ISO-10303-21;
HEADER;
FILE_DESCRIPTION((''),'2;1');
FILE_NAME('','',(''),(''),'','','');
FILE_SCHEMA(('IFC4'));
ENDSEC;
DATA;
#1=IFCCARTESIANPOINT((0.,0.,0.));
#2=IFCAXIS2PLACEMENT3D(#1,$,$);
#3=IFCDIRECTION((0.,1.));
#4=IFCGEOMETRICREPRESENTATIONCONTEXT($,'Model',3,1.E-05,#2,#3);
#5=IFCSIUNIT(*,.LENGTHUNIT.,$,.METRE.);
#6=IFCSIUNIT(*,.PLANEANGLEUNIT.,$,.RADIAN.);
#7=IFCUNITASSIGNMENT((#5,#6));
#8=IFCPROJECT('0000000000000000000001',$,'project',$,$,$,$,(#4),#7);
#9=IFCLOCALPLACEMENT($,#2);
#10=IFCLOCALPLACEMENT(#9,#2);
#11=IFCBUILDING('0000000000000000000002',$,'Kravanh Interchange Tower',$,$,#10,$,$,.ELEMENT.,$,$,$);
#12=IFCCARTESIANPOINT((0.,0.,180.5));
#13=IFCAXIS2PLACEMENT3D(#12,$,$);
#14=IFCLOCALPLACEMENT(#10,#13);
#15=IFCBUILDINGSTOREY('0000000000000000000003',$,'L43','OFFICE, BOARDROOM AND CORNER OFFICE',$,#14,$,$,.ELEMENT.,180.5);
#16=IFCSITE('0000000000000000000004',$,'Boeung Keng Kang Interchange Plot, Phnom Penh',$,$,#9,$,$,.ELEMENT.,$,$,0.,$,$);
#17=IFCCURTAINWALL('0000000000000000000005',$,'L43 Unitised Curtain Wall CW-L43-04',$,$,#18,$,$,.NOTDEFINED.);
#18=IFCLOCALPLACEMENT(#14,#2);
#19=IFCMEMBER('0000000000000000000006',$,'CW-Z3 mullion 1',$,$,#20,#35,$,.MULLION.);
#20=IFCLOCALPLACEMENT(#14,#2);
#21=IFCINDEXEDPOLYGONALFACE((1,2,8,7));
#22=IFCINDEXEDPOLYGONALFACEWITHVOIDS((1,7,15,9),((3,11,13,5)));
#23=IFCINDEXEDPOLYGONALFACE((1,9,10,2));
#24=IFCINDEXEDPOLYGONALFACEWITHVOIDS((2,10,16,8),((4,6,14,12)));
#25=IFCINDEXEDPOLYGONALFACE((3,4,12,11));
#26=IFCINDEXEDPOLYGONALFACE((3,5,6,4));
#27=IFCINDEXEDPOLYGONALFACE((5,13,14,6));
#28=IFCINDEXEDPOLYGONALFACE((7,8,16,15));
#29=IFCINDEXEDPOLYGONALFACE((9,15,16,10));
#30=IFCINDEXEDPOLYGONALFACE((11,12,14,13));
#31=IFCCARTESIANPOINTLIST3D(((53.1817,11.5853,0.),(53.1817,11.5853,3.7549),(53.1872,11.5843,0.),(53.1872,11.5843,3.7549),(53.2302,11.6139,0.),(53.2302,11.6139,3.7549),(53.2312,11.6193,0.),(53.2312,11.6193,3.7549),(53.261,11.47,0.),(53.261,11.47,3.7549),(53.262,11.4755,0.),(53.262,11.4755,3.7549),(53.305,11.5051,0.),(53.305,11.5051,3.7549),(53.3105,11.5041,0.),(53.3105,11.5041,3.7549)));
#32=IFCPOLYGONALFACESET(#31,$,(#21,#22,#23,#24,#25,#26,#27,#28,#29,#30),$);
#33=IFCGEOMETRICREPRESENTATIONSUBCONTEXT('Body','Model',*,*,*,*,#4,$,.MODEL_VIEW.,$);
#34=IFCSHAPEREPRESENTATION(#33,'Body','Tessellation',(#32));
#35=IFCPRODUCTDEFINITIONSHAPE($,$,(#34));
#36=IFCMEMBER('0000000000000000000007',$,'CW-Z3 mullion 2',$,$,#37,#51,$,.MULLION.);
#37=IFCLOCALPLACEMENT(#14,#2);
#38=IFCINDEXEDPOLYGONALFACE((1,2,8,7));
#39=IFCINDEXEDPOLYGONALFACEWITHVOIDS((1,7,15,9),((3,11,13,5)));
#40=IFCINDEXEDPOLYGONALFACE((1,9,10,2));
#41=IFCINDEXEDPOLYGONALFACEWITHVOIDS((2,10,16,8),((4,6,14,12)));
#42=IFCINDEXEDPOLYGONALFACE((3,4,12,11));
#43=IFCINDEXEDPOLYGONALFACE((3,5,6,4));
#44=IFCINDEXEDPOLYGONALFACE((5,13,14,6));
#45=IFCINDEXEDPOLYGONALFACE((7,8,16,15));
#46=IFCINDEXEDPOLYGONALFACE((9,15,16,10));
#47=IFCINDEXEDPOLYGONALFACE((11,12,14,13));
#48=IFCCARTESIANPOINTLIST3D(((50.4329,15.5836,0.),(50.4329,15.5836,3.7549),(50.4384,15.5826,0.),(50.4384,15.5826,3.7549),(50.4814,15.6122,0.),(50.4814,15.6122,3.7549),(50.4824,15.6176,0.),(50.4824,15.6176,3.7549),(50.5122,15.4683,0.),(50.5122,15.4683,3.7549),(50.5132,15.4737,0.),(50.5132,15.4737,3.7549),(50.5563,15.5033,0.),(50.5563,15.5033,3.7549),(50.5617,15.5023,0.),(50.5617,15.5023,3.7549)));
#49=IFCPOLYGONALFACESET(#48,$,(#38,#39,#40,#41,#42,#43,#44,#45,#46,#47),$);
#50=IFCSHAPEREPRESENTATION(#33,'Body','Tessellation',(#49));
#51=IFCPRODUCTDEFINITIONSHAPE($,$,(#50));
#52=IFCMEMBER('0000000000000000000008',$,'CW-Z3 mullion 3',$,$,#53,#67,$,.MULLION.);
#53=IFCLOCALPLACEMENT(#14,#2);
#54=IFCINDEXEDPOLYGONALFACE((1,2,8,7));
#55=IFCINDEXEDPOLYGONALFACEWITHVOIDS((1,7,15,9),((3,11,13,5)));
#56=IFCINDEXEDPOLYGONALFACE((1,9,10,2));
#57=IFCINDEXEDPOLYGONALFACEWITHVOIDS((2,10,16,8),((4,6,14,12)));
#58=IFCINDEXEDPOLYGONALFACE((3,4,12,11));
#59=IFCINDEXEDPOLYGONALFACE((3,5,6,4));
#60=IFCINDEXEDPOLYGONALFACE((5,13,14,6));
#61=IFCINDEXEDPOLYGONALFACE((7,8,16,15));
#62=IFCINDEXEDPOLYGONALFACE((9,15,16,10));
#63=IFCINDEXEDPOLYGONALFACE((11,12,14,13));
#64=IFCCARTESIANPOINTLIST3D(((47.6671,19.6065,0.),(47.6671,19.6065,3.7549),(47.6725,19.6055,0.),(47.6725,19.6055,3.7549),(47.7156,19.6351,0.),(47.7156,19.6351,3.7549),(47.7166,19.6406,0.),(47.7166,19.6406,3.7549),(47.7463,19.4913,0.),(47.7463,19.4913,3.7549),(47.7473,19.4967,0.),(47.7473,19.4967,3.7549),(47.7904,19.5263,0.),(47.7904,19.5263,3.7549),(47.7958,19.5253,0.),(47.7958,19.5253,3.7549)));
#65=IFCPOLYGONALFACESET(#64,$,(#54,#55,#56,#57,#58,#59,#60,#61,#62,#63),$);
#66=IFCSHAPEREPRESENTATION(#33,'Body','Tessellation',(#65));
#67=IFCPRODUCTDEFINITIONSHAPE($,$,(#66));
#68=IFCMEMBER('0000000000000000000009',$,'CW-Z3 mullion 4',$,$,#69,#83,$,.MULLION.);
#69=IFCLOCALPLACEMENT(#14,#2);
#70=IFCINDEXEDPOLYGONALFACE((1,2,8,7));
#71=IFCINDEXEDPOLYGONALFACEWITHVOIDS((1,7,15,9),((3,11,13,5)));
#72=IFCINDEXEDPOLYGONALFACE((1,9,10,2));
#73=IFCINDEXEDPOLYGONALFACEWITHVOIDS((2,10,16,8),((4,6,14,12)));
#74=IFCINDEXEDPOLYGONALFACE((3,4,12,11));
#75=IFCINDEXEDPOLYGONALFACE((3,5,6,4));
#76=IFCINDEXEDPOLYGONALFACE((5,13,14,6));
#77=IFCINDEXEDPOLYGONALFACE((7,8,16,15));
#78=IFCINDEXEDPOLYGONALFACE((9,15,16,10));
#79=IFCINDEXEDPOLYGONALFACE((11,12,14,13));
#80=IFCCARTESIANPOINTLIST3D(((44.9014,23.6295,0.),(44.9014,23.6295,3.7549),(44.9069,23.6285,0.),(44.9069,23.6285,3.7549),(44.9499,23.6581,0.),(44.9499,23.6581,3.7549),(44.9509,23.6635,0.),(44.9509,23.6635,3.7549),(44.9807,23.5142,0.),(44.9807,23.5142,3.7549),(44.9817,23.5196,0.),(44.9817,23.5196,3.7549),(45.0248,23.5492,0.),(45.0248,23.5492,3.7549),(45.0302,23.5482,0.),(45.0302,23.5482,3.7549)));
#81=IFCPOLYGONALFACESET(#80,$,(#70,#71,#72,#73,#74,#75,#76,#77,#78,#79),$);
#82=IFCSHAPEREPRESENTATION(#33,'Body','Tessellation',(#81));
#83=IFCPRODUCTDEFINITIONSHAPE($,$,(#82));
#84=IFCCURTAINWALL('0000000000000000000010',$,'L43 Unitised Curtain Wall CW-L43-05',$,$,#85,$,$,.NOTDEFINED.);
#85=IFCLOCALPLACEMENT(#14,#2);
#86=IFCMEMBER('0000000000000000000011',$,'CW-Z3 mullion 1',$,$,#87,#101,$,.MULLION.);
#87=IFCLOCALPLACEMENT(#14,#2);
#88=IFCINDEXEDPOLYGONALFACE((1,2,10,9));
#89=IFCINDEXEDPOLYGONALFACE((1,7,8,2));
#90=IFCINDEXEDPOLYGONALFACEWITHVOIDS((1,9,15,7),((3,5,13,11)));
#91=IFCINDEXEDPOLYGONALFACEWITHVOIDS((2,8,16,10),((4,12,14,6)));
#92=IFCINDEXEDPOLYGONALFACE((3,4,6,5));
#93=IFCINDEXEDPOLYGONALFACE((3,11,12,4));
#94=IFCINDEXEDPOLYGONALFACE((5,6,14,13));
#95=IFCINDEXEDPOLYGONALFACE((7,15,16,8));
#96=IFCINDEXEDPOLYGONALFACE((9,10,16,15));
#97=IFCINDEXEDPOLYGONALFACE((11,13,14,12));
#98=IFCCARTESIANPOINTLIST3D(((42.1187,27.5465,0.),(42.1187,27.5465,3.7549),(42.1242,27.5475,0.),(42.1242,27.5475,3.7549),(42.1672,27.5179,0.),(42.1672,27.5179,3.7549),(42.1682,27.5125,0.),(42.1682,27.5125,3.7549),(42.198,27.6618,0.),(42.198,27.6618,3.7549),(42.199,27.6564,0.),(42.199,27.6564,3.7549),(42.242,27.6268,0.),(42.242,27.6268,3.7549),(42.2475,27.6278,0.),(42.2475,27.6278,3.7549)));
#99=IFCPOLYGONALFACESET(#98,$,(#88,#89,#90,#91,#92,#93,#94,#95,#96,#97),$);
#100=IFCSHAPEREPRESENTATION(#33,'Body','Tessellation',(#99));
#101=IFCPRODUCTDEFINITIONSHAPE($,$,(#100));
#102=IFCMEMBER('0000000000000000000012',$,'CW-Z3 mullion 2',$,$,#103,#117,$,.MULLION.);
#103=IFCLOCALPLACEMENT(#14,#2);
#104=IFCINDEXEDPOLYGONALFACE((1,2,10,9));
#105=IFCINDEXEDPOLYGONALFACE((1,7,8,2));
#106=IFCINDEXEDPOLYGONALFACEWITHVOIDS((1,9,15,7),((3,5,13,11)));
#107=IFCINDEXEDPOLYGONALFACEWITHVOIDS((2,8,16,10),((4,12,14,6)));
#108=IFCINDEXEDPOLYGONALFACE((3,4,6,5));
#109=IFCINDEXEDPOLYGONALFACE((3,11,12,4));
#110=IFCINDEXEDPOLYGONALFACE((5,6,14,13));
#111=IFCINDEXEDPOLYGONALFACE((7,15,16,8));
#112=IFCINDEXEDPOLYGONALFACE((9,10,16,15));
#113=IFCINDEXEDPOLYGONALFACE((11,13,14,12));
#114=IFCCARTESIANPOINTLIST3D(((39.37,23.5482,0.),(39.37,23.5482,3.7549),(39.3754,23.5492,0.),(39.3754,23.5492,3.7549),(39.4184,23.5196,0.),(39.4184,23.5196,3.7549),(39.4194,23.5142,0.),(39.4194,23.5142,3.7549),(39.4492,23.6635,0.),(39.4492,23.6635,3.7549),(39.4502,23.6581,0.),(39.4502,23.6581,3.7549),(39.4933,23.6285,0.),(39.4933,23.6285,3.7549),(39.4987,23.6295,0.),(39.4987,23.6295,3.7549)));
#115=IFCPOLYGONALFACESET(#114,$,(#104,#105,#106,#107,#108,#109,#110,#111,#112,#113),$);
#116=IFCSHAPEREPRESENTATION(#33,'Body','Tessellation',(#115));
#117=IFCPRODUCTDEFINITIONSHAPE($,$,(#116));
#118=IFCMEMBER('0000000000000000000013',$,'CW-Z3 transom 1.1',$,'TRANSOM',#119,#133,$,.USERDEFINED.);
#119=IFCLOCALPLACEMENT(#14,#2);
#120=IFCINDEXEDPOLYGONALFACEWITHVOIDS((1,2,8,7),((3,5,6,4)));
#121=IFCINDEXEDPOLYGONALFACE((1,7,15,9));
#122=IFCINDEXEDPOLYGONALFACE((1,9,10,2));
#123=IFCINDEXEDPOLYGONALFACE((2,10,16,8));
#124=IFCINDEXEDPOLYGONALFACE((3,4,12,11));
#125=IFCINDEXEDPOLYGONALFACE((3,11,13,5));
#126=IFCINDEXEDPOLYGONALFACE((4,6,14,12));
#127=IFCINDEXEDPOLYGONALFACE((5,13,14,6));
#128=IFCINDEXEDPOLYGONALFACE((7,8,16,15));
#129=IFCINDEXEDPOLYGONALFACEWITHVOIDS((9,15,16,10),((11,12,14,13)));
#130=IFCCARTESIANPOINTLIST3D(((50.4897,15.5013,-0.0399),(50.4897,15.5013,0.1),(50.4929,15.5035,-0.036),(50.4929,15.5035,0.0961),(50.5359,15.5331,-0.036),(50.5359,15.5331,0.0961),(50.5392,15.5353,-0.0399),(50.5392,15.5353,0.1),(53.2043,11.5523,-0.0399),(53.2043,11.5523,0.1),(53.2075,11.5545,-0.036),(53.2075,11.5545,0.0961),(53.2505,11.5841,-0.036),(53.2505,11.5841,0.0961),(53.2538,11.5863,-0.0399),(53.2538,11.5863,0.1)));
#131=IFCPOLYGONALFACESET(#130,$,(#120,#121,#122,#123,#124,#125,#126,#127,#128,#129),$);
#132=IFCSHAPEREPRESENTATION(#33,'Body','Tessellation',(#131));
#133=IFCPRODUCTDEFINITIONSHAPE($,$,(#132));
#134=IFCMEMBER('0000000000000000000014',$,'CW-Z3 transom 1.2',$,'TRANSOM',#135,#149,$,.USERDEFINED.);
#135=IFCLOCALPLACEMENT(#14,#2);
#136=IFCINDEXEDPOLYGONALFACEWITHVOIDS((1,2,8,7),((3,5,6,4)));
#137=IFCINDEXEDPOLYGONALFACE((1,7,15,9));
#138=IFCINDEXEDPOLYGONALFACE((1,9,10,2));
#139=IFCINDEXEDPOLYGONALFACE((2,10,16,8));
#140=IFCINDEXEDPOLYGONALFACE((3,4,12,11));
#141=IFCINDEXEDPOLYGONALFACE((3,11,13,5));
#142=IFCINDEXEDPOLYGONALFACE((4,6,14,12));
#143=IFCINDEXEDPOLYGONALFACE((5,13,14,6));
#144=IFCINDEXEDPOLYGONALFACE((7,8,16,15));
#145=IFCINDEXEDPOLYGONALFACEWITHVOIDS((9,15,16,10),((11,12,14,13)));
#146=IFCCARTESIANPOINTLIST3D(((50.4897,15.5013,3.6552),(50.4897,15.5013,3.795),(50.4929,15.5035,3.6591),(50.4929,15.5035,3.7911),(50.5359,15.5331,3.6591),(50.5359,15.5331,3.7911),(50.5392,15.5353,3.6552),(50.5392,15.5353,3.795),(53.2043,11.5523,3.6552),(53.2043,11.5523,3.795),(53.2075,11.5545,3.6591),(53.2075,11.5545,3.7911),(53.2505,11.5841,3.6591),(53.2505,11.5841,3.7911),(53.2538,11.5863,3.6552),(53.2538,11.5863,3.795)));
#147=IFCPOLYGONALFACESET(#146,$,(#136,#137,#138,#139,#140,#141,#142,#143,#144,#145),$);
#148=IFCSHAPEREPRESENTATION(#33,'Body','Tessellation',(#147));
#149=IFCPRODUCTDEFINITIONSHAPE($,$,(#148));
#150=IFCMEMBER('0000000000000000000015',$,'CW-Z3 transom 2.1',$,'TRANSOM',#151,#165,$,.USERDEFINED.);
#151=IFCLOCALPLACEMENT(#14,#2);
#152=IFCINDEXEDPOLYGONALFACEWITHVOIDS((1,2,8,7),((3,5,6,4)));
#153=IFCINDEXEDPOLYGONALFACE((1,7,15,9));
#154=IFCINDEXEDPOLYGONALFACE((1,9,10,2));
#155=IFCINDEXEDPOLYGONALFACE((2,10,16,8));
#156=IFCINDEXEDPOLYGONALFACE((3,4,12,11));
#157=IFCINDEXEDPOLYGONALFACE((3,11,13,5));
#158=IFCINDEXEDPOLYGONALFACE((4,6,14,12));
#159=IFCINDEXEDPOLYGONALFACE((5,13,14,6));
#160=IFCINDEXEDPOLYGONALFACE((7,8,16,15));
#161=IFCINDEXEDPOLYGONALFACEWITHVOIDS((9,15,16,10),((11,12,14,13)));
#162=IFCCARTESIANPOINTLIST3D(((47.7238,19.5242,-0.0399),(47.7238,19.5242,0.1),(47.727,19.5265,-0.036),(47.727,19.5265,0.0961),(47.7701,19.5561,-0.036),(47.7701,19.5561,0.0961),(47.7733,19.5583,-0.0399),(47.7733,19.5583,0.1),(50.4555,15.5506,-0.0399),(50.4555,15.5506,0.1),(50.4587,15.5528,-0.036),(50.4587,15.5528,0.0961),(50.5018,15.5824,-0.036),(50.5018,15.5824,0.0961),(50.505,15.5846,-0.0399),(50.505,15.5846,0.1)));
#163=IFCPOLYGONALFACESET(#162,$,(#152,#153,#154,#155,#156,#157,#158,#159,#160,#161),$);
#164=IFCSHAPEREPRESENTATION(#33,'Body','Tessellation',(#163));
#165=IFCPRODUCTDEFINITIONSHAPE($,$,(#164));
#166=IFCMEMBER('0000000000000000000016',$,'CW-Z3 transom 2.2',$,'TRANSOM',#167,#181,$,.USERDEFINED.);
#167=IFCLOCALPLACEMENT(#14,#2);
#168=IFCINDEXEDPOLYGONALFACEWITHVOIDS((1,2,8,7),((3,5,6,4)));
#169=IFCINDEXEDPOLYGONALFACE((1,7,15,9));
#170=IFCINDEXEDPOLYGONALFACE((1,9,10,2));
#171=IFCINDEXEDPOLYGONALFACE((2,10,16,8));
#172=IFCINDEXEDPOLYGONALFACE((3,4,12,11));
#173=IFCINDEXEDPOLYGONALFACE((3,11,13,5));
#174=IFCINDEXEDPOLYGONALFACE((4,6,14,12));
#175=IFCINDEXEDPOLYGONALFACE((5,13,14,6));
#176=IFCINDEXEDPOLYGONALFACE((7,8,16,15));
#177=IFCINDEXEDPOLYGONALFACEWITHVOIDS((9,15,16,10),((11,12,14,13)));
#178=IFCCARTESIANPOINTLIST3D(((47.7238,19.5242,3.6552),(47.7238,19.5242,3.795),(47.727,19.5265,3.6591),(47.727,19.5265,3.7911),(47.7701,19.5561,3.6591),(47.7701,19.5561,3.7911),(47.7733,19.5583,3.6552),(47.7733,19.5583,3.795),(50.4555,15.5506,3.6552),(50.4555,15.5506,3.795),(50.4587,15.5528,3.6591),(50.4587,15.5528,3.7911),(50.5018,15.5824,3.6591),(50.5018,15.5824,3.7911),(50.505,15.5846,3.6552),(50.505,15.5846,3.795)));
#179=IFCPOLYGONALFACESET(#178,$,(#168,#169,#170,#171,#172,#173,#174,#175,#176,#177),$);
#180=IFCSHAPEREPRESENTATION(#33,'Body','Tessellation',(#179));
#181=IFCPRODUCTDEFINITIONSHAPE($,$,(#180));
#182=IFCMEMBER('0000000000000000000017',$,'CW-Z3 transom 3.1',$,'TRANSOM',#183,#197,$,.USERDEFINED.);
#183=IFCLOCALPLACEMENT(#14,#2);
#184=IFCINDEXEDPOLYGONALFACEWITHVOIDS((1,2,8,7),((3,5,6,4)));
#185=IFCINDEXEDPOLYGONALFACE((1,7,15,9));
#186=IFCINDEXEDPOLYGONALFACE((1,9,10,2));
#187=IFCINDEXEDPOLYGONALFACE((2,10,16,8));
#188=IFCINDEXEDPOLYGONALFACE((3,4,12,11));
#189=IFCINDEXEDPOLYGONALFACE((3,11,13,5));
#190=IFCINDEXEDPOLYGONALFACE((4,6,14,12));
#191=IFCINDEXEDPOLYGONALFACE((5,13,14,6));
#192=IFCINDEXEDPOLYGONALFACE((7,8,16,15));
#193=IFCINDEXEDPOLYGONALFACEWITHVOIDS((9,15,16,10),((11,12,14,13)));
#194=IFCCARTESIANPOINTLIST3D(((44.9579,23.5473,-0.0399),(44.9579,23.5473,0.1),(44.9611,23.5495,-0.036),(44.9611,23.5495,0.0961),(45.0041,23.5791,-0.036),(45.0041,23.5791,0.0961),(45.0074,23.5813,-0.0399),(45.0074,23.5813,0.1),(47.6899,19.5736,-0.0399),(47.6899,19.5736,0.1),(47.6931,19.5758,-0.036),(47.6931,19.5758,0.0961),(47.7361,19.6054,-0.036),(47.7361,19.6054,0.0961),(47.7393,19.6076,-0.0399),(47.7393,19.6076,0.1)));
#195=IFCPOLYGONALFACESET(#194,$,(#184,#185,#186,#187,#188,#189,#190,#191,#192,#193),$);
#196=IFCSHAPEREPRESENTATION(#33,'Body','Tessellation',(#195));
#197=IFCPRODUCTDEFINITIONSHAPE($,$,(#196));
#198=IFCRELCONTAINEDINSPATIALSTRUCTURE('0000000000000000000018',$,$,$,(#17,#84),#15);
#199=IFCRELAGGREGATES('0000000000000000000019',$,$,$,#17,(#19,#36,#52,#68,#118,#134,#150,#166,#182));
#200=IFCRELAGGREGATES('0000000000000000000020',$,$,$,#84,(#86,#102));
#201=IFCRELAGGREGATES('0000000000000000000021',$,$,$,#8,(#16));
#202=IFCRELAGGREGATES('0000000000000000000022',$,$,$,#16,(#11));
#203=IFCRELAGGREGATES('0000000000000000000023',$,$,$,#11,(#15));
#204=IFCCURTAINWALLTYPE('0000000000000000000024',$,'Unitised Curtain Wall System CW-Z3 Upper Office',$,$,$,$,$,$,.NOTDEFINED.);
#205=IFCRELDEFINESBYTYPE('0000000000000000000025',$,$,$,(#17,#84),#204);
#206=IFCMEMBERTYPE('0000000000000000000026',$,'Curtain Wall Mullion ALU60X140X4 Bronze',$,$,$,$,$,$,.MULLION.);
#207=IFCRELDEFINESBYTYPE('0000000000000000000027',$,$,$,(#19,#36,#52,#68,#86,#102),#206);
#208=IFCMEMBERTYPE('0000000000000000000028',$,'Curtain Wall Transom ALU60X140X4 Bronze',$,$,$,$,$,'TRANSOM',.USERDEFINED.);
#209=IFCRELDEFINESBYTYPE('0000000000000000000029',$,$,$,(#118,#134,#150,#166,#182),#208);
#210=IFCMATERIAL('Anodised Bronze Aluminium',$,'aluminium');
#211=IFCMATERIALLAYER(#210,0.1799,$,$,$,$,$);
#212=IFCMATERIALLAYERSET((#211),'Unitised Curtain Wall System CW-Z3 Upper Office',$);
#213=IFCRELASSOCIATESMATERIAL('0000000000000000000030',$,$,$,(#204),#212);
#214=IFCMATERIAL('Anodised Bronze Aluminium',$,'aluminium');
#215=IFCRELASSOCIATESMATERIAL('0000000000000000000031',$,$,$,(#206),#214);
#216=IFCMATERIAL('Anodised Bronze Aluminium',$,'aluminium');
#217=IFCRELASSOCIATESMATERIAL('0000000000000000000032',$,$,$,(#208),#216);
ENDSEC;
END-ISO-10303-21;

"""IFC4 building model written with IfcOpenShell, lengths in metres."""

from ifc_helpers import new_model, si_unit, direction, frame, origin, origin_2d, place, context, subcontext, project, spatial, hollow_rectangle, extrude, material, layer, layer_set, material_profile, profile_set, type_object, element, aggregate, save


model = new_model("IFC4")

# Units and contexts
model_context = context("Model", 3, precision=1e-05, world=origin(), true_north=direction((0.0, 1.0)))
body_context = subcontext(model_context, "Body", "Model", "MODEL_VIEW")
ifc_project = project(units=[si_unit("LENGTHUNIT", "METRE"), si_unit("PLANEANGLEUNIT", "RADIAN")], contexts=[model_context])

# Site, building, storey
site_placement = place(None, origin())
site = spatial("IfcSite", under=ifc_project, at=site_placement, Name="Boeung Keng Kang Interchange Plot, Phnom Penh", CompositionType="ELEMENT", RefElevation=0.0)
building_placement = place(site_placement, origin())
building = spatial("IfcBuilding", under=site, at=building_placement, Name="Kravanh Interchange Tower", CompositionType="ELEMENT")
storey_placement = place(building_placement, frame((0.0, 0.0, 180.5)))
storey = spatial("IfcBuildingStorey", under=building, at=storey_placement, Name="L43", Description="OFFICE, BOARDROOM AND CORNER OFFICE", CompositionType="ELEMENT", Elevation=180.5)

# Shared definitions
ifc_material_1 = material(Name="Anodised Bronze Aluminium", Category="aluminium")
ifc_layer_1 = layer(ifc_material_1, 0.1799)
ifc_layer_set_1 = layer_set([ifc_layer_1], Name="Unitised Curtain Wall System CW-Z3 Upper Office")
curtain_wall_type = type_object("IfcCurtainWallType", Name="Unitised Curtain Wall System CW-Z3 Upper Office", PredefinedType="NOTDEFINED", material=ifc_layer_set_1)
ifc_material_2 = material(Name="Anodised Bronze Aluminium", Category="aluminium")
ifc_material_profile_1 = material_profile(ifc_material_2, hollow_rectangle(XDim=0.0601, YDim=0.1399, WallThickness=0.0039, at=origin_2d()), Name="ALU60X140X4")
ifc_profile_set_1 = profile_set([ifc_material_profile_1], Name="Anodised Bronze Aluminium")
member_type_1 = type_object("IfcMemberType", Name="Curtain Wall Mullion ALU60X140X4 Bronze", PredefinedType="MULLION", material=ifc_profile_set_1)

# Curtain walls, members
curtain_wall_1_placement = place(storey_placement, origin())
curtain_wall_1 = element("IfcCurtainWall", 1, at=curtain_wall_1_placement, inside=storey, type_object=curtain_wall_type, Name="L43 Unitised Curtain Wall CW-L43-04", PredefinedType="NOTDEFINED")
member_1_placement = place(storey_placement, frame((53.2461, 11.5447, 0.0), z_axis=(0.0, 0.0, 1.0), x_axis=(-0.824042, -0.566528, 0.0)))
member_1 = element("IfcMember", 2, at=member_1_placement, type_object=member_type_1, Name="CW-Z3 mullion 1", PredefinedType="MULLION", context=body_context, shape_type="SweptSolid", body=[
    extrude(hollow_rectangle(XDim=0.0601, YDim=0.1399, WallThickness=0.0039, at=origin_2d()), origin(), (0.0, 0.0, 1.0), 3.7549),
])
member_2_placement = place(storey_placement, frame((50.4973, 15.543, 0.0), z_axis=(0.0, 0.0, 1.0), x_axis=(-0.824042, -0.566528, 0.0)))
member_2 = element("IfcMember", 3, at=member_2_placement, type_object=member_type_1, Name="CW-Z3 mullion 2", PredefinedType="MULLION", context=body_context, shape_type="SweptSolid", body=[
    extrude(hollow_rectangle(XDim=0.0601, YDim=0.1399, WallThickness=0.0039, at=origin_2d()), origin(), (0.0, 0.0, 1.0), 3.7549),
])
member_3_placement = place(storey_placement, frame((47.7314, 19.5659, 0.0), z_axis=(0.0, 0.0, 1.0), x_axis=(-0.824042, -0.566528, 0.0)))
member_3 = element("IfcMember", 4, at=member_3_placement, type_object=member_type_1, Name="CW-Z3 mullion 3", PredefinedType="MULLION", context=body_context, shape_type="SweptSolid", body=[
    extrude(hollow_rectangle(XDim=0.0601, YDim=0.1399, WallThickness=0.0039, at=origin_2d()), origin(), (0.0, 0.0, 1.0), 3.7549),
])
member_4_placement = place(storey_placement, frame((44.9658, 23.5889, 0.0), z_axis=(0.0, 0.0, 1.0), x_axis=(-0.824042, -0.566528, 0.0)))
member_4 = element("IfcMember", 5, at=member_4_placement, type_object=member_type_1, Name="CW-Z3 mullion 4", PredefinedType="MULLION", context=body_context, shape_type="SweptSolid", body=[
    extrude(hollow_rectangle(XDim=0.0601, YDim=0.1399, WallThickness=0.0039, at=origin_2d()), origin(), (0.0, 0.0, 1.0), 3.7549),
])
curtain_wall_2_placement = place(storey_placement, origin())
curtain_wall_2 = element("IfcCurtainWall", 6, at=curtain_wall_2_placement, inside=storey, type_object=curtain_wall_type, Name="L43 Unitised Curtain Wall CW-L43-05", PredefinedType="NOTDEFINED")
member_5_placement = place(storey_placement, frame((42.1831, 27.5872, 0.0), z_axis=(0.0, 0.0, 1.0), x_axis=(0.824042, -0.566528, 0.0)))
member_5 = element("IfcMember", 7, at=member_5_placement, type_object=member_type_1, Name="CW-Z3 mullion 1", PredefinedType="MULLION", context=body_context, shape_type="SweptSolid", body=[
    extrude(hollow_rectangle(XDim=0.0601, YDim=0.1399, WallThickness=0.0039, at=origin_2d()), origin(), (0.0, 0.0, 1.0), 3.7549),
])
member_6_placement = place(storey_placement, frame((39.4343, 23.5889, 0.0), z_axis=(0.0, 0.0, 1.0), x_axis=(0.824042, -0.566528, 0.0)))
member_6 = element("IfcMember", 8, at=member_6_placement, type_object=member_type_1, Name="CW-Z3 mullion 2", PredefinedType="MULLION", context=body_context, shape_type="SweptSolid", body=[
    extrude(hollow_rectangle(XDim=0.0601, YDim=0.1399, WallThickness=0.0039, at=origin_2d()), origin(), (0.0, 0.0, 1.0), 3.7549),
])

# Members
ifc_material_3 = material(Name="Anodised Bronze Aluminium", Category="aluminium")
ifc_material_profile_2 = material_profile(ifc_material_3, hollow_rectangle(XDim=0.0601, YDim=0.1399, WallThickness=0.0039, at=origin_2d()), Name="ALU60X140X4")
ifc_profile_set_2 = profile_set([ifc_material_profile_2], Name="Anodised Bronze Aluminium")
member_type_2 = type_object("IfcMemberType", Name="Curtain Wall Transom ALU60X140X4 Bronze", ElementType="TRANSOM", PredefinedType="USERDEFINED", material=ifc_profile_set_2)
member_7_placement = place(storey_placement, frame((53.229, 11.5693, 0.03), z_axis=(-0.566483, 0.824073, 0.0), x_axis=(-0.824073, -0.566483, 0.0)))
member_7 = element("IfcMember", 9, at=member_7_placement, type_object=member_type_2, Name="CW-Z3 transom 1.1", ObjectType="TRANSOM", PredefinedType="USERDEFINED", context=body_context, shape_type="SweptSolid", body=[
    extrude(hollow_rectangle(XDim=0.0601, YDim=0.1399, WallThickness=0.0039, at=origin_2d()), origin(), (0.0, 0.0, 1.0), 4.792),
])
member_8_placement = place(storey_placement, frame((53.229, 11.5693, 3.7251), z_axis=(-0.566483, 0.824073, 0.0), x_axis=(-0.824073, -0.566483, 0.0)))
member_8 = element("IfcMember", 10, at=member_8_placement, type_object=member_type_2, Name="CW-Z3 transom 1.2", ObjectType="TRANSOM", PredefinedType="USERDEFINED", context=body_context, shape_type="SweptSolid", body=[
    extrude(hollow_rectangle(XDim=0.0601, YDim=0.1399, WallThickness=0.0039, at=origin_2d()), origin(), (0.0, 0.0, 1.0), 4.792),
])
member_9_placement = place(storey_placement, frame((50.4802, 15.5676, 0.03), z_axis=(-0.566503, 0.82406, 0.0), x_axis=(-0.82406, -0.566503, 0.0)))
member_9 = element("IfcMember", 11, at=member_9_placement, type_object=member_type_2, Name="CW-Z3 transom 2.1", ObjectType="TRANSOM", PredefinedType="USERDEFINED", context=body_context, shape_type="SweptSolid", body=[
    extrude(hollow_rectangle(XDim=0.0601, YDim=0.1399, WallThickness=0.0039, at=origin_2d()), origin(), (0.0, 0.0, 1.0), 4.822),
])
member_10_placement = place(storey_placement, frame((50.4802, 15.5676, 3.7251), z_axis=(-0.566503, 0.82406, 0.0), x_axis=(-0.82406, -0.566503, 0.0)))
member_10 = element("IfcMember", 12, at=member_10_placement, type_object=member_type_2, Name="CW-Z3 transom 2.2", ObjectType="TRANSOM", PredefinedType="USERDEFINED", context=body_context, shape_type="SweptSolid", body=[
    extrude(hollow_rectangle(XDim=0.0601, YDim=0.1399, WallThickness=0.0039, at=origin_2d()), origin(), (0.0, 0.0, 1.0), 4.822),
])
member_11_placement = place(storey_placement, frame((47.7146, 19.5906, 0.03), z_axis=(-0.566537, 0.824036, 0.0), x_axis=(-0.824036, -0.566537, 0.0)))
member_11 = element("IfcMember", 13, at=member_11_placement, type_object=member_type_2, Name="CW-Z3 transom 3.1", ObjectType="TRANSOM", PredefinedType="USERDEFINED", context=body_context, shape_type="SweptSolid", body=[
    extrude(hollow_rectangle(XDim=0.0601, YDim=0.1399, WallThickness=0.0039, at=origin_2d()), origin(), (0.0, 0.0, 1.0), 4.8223),
])

aggregate(curtain_wall_1, [member_1, member_2, member_3, member_4, member_7, member_8, member_9, member_10, member_11])
aggregate(curtain_wall_2, [member_5, member_6])

save(model, "model.ifc")
